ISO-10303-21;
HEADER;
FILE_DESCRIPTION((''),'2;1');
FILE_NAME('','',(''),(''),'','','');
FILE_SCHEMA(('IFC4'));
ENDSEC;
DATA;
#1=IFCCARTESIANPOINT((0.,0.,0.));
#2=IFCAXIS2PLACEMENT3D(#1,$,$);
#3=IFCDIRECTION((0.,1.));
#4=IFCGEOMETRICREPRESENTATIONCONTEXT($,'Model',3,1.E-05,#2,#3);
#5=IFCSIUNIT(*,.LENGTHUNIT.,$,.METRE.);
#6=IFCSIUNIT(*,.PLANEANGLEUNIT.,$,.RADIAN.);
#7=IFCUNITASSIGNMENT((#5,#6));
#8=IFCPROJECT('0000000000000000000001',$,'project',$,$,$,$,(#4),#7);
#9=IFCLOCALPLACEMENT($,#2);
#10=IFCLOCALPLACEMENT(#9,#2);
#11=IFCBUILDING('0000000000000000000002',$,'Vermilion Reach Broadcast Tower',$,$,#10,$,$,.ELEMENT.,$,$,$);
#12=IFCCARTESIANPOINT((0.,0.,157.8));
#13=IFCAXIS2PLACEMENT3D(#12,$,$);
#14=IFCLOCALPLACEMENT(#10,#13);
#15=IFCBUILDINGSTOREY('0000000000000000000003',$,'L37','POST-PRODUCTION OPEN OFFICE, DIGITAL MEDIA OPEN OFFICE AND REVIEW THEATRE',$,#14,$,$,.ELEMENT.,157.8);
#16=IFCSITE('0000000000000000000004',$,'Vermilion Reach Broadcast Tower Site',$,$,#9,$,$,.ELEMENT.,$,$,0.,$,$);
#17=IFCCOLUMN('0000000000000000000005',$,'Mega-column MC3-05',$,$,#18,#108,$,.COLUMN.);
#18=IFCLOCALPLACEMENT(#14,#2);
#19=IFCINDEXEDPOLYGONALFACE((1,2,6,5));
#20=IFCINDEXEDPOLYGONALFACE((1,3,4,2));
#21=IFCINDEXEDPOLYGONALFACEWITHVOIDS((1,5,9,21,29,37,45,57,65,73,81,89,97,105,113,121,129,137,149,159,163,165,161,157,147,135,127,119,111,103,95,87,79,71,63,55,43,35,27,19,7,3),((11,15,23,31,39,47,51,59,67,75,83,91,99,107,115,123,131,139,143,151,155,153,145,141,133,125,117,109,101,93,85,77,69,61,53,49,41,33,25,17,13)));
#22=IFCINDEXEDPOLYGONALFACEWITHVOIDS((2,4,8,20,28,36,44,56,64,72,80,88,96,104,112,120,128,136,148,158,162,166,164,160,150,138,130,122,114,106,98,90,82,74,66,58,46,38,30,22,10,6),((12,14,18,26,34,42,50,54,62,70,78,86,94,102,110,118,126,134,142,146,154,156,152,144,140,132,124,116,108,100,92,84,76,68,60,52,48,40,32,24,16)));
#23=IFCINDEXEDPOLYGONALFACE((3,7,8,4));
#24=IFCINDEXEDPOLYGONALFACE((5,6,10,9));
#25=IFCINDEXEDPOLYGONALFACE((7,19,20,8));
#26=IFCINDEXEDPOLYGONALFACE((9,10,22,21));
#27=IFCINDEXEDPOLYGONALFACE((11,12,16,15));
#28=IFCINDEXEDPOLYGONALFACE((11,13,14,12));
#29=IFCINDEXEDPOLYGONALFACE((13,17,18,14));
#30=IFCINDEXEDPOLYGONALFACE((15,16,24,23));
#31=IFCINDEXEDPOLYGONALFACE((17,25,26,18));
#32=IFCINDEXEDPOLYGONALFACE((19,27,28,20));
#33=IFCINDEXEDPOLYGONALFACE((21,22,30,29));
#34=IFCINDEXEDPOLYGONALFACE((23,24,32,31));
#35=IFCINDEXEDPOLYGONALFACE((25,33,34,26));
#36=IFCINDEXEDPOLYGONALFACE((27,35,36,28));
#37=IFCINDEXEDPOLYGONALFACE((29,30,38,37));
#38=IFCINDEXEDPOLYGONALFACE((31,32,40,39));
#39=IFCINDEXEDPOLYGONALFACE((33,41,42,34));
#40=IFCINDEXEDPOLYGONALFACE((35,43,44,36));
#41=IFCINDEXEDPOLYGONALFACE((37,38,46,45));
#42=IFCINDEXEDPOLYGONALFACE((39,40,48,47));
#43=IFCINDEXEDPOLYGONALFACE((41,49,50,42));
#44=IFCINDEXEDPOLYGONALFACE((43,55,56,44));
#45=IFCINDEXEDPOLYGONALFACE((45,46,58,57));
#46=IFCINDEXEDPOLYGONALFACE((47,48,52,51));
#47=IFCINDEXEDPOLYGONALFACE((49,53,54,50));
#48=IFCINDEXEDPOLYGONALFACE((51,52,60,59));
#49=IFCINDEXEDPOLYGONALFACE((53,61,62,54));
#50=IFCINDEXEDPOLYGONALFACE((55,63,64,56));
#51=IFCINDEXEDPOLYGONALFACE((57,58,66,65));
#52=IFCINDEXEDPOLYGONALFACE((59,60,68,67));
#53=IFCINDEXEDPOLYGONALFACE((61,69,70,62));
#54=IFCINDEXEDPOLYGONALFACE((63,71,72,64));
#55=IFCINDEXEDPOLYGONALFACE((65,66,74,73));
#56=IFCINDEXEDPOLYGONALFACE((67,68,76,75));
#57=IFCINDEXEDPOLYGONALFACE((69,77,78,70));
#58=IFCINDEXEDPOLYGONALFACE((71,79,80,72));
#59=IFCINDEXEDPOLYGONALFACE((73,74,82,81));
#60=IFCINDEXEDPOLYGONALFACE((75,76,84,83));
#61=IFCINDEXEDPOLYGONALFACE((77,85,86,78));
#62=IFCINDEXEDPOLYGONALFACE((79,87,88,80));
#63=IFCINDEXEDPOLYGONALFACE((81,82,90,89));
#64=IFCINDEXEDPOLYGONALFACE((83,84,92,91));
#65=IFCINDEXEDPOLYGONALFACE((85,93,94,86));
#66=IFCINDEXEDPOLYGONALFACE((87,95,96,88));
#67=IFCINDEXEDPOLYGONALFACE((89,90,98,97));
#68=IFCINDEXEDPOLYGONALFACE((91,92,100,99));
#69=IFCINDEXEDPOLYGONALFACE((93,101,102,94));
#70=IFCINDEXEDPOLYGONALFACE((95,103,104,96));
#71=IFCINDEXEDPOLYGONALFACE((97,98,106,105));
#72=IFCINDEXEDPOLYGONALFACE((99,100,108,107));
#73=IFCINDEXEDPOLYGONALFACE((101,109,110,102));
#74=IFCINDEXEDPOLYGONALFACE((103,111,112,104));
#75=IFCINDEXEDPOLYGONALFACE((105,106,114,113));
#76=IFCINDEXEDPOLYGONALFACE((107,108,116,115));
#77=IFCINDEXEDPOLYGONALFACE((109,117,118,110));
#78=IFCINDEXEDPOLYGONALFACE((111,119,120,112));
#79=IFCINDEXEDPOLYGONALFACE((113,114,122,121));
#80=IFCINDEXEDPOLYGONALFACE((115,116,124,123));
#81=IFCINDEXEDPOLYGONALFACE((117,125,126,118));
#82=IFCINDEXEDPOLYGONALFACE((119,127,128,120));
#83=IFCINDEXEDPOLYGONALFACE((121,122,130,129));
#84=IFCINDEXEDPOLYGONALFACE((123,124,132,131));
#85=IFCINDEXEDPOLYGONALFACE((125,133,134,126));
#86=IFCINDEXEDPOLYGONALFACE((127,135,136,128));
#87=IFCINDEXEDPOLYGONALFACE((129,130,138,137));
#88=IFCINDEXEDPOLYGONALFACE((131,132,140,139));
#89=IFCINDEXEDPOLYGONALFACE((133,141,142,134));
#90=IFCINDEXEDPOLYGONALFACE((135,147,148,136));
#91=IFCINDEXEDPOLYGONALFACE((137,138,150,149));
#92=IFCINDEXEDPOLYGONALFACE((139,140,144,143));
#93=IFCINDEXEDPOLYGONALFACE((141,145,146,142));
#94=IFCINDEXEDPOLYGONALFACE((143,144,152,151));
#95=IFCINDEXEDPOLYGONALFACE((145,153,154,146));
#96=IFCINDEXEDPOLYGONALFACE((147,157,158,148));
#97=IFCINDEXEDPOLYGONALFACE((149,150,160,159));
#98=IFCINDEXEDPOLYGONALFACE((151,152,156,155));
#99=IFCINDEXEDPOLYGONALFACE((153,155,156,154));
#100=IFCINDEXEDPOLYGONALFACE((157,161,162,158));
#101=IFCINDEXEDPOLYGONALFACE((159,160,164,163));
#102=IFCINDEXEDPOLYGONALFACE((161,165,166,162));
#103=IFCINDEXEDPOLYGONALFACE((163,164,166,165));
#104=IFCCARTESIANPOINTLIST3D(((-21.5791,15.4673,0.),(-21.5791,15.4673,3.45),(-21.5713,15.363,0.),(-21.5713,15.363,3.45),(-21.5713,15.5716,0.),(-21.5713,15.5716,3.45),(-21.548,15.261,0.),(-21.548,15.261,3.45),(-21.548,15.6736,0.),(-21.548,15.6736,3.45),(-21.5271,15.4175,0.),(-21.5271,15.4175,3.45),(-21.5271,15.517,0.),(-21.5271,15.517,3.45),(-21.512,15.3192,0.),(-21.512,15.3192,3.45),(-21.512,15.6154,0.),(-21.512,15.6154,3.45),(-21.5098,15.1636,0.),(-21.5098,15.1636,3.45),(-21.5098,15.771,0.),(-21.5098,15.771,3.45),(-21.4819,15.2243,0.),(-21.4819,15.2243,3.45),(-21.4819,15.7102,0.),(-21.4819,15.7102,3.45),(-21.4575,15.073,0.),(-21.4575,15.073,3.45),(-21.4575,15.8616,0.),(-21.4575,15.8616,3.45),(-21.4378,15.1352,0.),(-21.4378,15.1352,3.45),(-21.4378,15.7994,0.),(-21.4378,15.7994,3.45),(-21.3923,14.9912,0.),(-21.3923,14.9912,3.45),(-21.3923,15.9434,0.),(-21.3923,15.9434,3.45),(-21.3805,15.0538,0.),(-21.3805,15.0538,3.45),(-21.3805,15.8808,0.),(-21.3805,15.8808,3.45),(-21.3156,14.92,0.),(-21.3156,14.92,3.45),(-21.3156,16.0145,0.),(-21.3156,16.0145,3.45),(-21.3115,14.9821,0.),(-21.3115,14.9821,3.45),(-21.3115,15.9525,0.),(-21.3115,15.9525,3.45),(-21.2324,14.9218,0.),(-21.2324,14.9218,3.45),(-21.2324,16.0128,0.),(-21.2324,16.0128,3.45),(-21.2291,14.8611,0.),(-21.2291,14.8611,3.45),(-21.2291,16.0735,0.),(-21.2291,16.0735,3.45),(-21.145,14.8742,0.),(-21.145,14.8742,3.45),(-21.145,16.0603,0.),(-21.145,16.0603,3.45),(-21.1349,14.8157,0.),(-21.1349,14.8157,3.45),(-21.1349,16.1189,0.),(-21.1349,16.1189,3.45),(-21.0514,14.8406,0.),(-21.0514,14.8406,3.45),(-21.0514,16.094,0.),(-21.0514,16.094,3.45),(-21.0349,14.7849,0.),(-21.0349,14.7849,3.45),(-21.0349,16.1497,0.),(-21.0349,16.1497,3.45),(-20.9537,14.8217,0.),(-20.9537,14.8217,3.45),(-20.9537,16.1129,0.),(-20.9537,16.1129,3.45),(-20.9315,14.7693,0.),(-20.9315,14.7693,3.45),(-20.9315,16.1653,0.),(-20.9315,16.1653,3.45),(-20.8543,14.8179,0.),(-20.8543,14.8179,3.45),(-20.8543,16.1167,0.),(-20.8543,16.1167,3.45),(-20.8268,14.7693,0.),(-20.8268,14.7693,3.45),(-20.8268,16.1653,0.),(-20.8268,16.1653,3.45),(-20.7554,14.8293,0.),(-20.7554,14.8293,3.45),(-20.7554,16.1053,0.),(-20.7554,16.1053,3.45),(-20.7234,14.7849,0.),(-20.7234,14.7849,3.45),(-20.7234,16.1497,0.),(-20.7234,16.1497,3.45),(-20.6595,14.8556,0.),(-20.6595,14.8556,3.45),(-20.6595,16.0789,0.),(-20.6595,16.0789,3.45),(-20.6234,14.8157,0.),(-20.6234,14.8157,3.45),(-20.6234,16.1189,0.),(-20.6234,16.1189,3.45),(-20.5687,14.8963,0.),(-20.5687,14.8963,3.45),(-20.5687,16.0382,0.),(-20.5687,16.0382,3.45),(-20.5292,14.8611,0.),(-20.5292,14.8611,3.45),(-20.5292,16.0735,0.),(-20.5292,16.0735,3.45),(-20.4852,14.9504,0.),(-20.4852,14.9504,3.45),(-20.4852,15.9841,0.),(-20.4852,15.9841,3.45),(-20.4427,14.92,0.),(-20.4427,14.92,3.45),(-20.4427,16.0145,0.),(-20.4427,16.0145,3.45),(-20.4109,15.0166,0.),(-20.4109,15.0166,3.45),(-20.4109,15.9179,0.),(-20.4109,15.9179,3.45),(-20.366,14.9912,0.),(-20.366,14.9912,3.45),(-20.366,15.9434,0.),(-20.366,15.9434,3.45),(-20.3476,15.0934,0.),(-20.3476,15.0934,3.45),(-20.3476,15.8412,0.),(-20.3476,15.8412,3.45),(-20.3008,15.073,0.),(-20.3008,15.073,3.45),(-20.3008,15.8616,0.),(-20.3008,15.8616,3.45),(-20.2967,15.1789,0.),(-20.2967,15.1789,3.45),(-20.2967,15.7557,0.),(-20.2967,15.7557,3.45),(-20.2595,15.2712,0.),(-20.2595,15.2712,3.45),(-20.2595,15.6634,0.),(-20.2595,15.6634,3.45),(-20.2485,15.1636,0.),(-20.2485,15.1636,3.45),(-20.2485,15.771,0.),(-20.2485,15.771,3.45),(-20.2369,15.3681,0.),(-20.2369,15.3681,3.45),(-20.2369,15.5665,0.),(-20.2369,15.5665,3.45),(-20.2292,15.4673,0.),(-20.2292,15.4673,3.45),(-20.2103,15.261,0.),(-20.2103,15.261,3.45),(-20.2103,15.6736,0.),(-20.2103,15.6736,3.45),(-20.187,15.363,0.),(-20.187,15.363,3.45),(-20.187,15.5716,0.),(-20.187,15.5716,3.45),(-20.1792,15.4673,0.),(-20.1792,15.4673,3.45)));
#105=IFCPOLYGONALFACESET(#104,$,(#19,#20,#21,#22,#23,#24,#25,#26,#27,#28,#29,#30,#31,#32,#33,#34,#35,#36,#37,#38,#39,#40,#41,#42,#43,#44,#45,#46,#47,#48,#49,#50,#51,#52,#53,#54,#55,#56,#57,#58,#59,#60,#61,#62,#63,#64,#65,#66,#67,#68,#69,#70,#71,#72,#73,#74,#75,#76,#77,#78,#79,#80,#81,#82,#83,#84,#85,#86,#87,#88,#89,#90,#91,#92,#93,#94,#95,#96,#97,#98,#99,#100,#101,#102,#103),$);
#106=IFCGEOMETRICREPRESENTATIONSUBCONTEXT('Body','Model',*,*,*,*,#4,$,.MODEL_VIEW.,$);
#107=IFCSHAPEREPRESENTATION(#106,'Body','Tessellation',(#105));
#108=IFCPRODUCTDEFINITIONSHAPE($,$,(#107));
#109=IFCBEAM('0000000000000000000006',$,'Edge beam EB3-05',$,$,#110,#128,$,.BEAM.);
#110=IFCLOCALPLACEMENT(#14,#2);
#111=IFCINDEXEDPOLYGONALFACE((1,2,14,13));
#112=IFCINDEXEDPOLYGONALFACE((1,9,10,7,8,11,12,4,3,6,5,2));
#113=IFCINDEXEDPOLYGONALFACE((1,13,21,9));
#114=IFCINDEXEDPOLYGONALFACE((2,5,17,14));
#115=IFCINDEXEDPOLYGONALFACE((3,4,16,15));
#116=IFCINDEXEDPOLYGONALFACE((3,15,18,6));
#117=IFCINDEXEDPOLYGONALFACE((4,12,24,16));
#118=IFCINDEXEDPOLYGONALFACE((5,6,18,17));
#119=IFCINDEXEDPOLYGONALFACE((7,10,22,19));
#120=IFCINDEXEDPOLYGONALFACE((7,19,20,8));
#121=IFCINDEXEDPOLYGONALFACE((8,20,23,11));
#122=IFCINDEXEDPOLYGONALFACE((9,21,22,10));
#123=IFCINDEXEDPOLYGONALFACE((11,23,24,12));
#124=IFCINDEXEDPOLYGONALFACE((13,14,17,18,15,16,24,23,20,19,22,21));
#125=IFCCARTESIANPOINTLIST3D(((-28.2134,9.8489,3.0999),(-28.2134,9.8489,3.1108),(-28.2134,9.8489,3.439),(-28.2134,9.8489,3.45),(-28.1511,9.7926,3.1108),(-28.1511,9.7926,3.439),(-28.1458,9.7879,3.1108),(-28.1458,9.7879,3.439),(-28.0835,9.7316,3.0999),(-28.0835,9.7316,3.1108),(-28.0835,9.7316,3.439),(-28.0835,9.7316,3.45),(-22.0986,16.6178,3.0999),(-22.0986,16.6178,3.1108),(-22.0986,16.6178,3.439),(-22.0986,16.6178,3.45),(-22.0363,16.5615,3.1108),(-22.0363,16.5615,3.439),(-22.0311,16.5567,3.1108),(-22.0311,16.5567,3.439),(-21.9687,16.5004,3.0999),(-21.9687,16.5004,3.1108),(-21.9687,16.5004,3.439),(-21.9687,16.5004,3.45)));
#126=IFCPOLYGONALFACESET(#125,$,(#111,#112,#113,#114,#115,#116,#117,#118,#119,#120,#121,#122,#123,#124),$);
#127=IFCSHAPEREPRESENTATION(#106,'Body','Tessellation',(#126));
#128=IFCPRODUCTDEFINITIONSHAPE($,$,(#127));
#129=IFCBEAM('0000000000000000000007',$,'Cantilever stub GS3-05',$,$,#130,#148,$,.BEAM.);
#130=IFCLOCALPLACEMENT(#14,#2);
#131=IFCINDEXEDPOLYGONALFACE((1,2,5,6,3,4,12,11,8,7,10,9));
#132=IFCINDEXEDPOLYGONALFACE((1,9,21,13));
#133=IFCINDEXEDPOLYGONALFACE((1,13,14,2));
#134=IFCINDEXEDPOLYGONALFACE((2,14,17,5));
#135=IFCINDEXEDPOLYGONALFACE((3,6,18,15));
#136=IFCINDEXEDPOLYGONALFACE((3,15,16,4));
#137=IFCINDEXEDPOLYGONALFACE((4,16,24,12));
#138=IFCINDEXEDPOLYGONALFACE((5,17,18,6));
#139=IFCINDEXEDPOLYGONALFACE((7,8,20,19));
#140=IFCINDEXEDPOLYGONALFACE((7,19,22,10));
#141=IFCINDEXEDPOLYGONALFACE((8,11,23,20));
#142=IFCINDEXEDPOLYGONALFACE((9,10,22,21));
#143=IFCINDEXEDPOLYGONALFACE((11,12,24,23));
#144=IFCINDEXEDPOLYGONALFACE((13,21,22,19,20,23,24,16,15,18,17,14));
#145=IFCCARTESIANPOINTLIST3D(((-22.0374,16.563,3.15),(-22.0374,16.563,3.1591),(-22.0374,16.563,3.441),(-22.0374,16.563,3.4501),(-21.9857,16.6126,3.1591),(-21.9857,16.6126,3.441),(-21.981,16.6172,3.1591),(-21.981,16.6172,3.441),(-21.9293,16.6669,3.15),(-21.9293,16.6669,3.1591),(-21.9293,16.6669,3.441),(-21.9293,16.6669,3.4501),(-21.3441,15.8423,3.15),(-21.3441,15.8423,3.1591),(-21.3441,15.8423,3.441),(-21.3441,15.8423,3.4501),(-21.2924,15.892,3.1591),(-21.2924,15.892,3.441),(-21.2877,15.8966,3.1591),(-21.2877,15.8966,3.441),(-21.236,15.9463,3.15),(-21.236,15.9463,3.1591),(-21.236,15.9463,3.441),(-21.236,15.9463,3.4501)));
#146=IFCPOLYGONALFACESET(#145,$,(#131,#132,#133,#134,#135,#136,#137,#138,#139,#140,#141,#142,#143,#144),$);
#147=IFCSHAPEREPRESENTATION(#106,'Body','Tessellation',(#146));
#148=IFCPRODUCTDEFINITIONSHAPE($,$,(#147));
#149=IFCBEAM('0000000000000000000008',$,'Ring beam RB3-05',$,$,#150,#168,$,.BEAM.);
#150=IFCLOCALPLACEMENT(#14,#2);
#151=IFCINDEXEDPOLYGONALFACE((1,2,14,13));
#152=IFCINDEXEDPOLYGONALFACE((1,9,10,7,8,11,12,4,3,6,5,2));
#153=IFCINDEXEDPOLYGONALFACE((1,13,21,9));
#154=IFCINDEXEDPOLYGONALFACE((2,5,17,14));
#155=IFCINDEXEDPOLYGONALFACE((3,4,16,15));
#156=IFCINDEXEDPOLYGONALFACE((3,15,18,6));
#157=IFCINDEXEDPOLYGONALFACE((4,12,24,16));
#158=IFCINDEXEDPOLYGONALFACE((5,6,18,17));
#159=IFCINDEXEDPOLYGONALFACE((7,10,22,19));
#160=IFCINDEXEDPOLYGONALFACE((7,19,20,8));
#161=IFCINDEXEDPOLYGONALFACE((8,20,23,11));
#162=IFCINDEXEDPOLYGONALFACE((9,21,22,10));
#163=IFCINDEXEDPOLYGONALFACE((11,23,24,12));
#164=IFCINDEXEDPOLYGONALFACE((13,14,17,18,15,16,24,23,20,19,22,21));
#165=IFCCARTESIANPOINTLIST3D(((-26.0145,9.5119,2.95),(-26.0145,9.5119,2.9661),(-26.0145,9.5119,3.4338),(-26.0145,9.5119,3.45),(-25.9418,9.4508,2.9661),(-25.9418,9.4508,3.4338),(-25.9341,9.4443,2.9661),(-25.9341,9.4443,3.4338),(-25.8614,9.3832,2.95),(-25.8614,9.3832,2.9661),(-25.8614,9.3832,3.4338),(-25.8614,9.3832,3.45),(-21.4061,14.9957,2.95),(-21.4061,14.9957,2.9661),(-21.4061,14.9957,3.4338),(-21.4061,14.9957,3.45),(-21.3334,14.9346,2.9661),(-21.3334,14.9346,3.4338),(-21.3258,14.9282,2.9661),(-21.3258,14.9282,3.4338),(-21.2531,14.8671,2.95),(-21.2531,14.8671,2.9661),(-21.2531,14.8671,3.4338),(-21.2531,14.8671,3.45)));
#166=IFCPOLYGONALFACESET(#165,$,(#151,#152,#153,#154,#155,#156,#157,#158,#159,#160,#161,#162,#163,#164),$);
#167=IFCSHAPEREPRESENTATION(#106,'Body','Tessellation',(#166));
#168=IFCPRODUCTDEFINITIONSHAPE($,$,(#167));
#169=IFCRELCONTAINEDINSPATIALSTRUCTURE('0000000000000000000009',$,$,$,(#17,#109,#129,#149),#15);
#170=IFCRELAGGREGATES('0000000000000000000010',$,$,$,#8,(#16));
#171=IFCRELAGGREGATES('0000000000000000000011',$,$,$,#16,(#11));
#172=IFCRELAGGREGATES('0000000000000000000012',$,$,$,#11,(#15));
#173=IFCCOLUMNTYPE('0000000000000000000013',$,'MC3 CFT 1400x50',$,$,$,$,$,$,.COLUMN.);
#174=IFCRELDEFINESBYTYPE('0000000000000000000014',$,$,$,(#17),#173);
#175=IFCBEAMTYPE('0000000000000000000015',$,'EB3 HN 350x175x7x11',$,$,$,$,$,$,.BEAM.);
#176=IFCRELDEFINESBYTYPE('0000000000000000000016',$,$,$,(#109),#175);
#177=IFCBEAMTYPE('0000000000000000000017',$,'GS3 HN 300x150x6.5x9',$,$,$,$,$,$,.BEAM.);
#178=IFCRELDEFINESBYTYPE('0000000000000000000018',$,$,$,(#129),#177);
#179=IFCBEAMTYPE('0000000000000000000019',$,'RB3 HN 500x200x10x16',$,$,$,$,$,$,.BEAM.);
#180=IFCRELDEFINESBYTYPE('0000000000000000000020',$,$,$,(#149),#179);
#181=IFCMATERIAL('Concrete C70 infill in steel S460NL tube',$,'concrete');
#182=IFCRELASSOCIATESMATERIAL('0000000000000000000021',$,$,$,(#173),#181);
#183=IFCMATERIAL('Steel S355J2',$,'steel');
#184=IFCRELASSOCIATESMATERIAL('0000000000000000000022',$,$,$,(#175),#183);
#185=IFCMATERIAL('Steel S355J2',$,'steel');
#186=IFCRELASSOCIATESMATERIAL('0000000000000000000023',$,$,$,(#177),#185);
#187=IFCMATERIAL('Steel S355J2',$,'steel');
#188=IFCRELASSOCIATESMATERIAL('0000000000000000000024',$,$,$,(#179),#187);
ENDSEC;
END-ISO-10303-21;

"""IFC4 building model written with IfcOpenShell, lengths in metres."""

from ifc_helpers import new_model, si_unit, direction, frame, origin, origin_2d, place, context, subcontext, project, spatial, hollow_circle, i_section, extrude, material, material_profile, profile_set, type_object, element, save


model = new_model("IFC4")

# Units and contexts
model_context = context("Model", 3, precision=1e-05, world=origin(), true_north=direction((0.0, 1.0)))
body_context = subcontext(model_context, "Body", "Model", "MODEL_VIEW")
ifc_project = project(units=[si_unit("LENGTHUNIT", "METRE"), si_unit("PLANEANGLEUNIT", "RADIAN")], contexts=[model_context])

# Site, building, storey
site_placement = place(None, origin())
site = spatial("IfcSite", under=ifc_project, at=site_placement, Name="Vermilion Reach Broadcast Tower Site", CompositionType="ELEMENT", RefElevation=0.0)
building_placement = place(site_placement, origin())
building = spatial("IfcBuilding", under=site, at=building_placement, Name="Vermilion Reach Broadcast Tower", CompositionType="ELEMENT")
storey_placement = place(building_placement, frame((0.0, 0.0, 157.8)))
storey = spatial("IfcBuildingStorey", under=building, at=storey_placement, Name="L37", Description="POST-PRODUCTION OPEN OFFICE, DIGITAL MEDIA OPEN OFFICE AND REVIEW THEATRE", CompositionType="ELEMENT", Elevation=157.8)

# Column
ifc_material_1 = material(Name="Concrete C70 infill in steel S460NL tube", Category="concrete")
ifc_material_profile_1 = material_profile(ifc_material_1, hollow_circle(Radius=0.7, WallThickness=0.05, at=origin_2d()), Name="Concrete C70 infill in steel S460NL tube CFT 1400x50")
ifc_profile_set_1 = profile_set([ifc_material_profile_1], Name="Concrete C70 infill in steel S460NL tube")
column_type = type_object("IfcColumnType", Name="MC3 CFT 1400x50", PredefinedType="COLUMN", material=ifc_profile_set_1)
column_placement = place(storey_placement, frame((-20.8792, 15.4673, 0.0), z_axis=(0.0, 0.0, 1.0), x_axis=(1.0, 0.0, 0.0)))
element("IfcColumn", 1, at=column_placement, inside=storey, type_object=column_type, Name="Mega-column MC3-05", PredefinedType="COLUMN", context=body_context, shape_type="SweptSolid", body=[
    extrude(hollow_circle(Radius=0.7, WallThickness=0.05, at=origin_2d()), origin(), (0.0, 0.0, 1.0), 3.45),
])

# Beams
ifc_material_2 = material(Name="Steel S355J2", Category="steel")
ifc_material_profile_2 = material_profile(ifc_material_2, i_section(OverallWidth=0.175, OverallDepth=0.3501, WebThickness=0.0071, FlangeThickness=0.011, at=origin_2d()), Name="S355J2 HN 350x175x7x11")
ifc_profile_set_2 = profile_set([ifc_material_profile_2], Name="Steel S355J2")
beam_type_1 = type_object("IfcBeamType", Name="EB3 HN 350x175x7x11", PredefinedType="BEAM", material=ifc_profile_set_2)
beam_1_placement = place(storey_placement, frame((-22.0337, 16.5591, 3.2749), z_axis=(-0.670346, -0.742049, 0.0), x_axis=(0.742049, -0.670346, 0.0)))
element("IfcBeam", 2, at=beam_1_placement, inside=storey, type_object=beam_type_1, Name="Edge beam EB3-05", PredefinedType="BEAM", context=body_context, shape_type="SweptSolid", body=[
    extrude(i_section(OverallWidth=0.175, OverallDepth=0.3501, WebThickness=0.0071, FlangeThickness=0.011, at=origin_2d()), origin(), (0.0, 0.0, 1.0), 9.1218),
])
ifc_material_3 = material(Name="Steel S355J2", Category="steel")
ifc_material_profile_3 = material_profile(ifc_material_3, i_section(OverallWidth=0.1499, OverallDepth=0.3, WebThickness=0.0066, FlangeThickness=0.009, at=origin_2d()), Name="S355J2 HN 300x150x6.5x9")
ifc_profile_set_3 = profile_set([ifc_material_profile_3], Name="Steel S355J2")
beam_type_2 = type_object("IfcBeamType", Name="GS3 HN 300x150x6.5x9", PredefinedType="BEAM", material=ifc_profile_set_3)
beam_2_placement = place(storey_placement, frame((-21.29, 15.8943, 3.3), z_axis=(-0.693304, 0.720645, 0.0), x_axis=(-0.720645, -0.693304, 0.0)))
element("IfcBeam", 3, at=beam_2_placement, inside=storey, type_object=beam_type_2, Name="Cantilever stub GS3-05", PredefinedType="BEAM", context=body_context, shape_type="SweptSolid", body=[
    extrude(i_section(OverallWidth=0.1499, OverallDepth=0.3, WebThickness=0.0066, FlangeThickness=0.009, at=origin_2d()), origin(), (0.0, 0.0, 1.0), 1.0),
])
ifc_material_4 = material(Name="Steel S355J2", Category="steel")
ifc_material_profile_4 = material_profile(ifc_material_4, i_section(OverallWidth=0.2, OverallDepth=0.5, WebThickness=0.01, FlangeThickness=0.0161, at=origin_2d()), Name="S355J2 HN 500x200x10x16")
ifc_profile_set_4 = profile_set([ifc_material_profile_4], Name="Steel S355J2")
beam_type_3 = type_object("IfcBeamType", Name="RB3 HN 500x200x10x16", PredefinedType="BEAM", material=ifc_profile_set_4)
beam_3_placement = place(storey_placement, frame((-21.3296, 14.9314, 3.2), z_axis=(-0.64335, -0.765572, 0.0), x_axis=(0.765572, -0.64335, 0.0)))
element("IfcBeam", 4, at=beam_3_placement, inside=storey, type_object=beam_type_3, Name="Ring beam RB3-05", PredefinedType="BEAM", context=body_context, shape_type="SweptSolid", body=[
    extrude(i_section(OverallWidth=0.2, OverallDepth=0.5, WebThickness=0.01, FlangeThickness=0.0161, at=origin_2d()), origin(), (0.0, 0.0, 1.0), 7.1631),
])

save(model, "model.ifc")
